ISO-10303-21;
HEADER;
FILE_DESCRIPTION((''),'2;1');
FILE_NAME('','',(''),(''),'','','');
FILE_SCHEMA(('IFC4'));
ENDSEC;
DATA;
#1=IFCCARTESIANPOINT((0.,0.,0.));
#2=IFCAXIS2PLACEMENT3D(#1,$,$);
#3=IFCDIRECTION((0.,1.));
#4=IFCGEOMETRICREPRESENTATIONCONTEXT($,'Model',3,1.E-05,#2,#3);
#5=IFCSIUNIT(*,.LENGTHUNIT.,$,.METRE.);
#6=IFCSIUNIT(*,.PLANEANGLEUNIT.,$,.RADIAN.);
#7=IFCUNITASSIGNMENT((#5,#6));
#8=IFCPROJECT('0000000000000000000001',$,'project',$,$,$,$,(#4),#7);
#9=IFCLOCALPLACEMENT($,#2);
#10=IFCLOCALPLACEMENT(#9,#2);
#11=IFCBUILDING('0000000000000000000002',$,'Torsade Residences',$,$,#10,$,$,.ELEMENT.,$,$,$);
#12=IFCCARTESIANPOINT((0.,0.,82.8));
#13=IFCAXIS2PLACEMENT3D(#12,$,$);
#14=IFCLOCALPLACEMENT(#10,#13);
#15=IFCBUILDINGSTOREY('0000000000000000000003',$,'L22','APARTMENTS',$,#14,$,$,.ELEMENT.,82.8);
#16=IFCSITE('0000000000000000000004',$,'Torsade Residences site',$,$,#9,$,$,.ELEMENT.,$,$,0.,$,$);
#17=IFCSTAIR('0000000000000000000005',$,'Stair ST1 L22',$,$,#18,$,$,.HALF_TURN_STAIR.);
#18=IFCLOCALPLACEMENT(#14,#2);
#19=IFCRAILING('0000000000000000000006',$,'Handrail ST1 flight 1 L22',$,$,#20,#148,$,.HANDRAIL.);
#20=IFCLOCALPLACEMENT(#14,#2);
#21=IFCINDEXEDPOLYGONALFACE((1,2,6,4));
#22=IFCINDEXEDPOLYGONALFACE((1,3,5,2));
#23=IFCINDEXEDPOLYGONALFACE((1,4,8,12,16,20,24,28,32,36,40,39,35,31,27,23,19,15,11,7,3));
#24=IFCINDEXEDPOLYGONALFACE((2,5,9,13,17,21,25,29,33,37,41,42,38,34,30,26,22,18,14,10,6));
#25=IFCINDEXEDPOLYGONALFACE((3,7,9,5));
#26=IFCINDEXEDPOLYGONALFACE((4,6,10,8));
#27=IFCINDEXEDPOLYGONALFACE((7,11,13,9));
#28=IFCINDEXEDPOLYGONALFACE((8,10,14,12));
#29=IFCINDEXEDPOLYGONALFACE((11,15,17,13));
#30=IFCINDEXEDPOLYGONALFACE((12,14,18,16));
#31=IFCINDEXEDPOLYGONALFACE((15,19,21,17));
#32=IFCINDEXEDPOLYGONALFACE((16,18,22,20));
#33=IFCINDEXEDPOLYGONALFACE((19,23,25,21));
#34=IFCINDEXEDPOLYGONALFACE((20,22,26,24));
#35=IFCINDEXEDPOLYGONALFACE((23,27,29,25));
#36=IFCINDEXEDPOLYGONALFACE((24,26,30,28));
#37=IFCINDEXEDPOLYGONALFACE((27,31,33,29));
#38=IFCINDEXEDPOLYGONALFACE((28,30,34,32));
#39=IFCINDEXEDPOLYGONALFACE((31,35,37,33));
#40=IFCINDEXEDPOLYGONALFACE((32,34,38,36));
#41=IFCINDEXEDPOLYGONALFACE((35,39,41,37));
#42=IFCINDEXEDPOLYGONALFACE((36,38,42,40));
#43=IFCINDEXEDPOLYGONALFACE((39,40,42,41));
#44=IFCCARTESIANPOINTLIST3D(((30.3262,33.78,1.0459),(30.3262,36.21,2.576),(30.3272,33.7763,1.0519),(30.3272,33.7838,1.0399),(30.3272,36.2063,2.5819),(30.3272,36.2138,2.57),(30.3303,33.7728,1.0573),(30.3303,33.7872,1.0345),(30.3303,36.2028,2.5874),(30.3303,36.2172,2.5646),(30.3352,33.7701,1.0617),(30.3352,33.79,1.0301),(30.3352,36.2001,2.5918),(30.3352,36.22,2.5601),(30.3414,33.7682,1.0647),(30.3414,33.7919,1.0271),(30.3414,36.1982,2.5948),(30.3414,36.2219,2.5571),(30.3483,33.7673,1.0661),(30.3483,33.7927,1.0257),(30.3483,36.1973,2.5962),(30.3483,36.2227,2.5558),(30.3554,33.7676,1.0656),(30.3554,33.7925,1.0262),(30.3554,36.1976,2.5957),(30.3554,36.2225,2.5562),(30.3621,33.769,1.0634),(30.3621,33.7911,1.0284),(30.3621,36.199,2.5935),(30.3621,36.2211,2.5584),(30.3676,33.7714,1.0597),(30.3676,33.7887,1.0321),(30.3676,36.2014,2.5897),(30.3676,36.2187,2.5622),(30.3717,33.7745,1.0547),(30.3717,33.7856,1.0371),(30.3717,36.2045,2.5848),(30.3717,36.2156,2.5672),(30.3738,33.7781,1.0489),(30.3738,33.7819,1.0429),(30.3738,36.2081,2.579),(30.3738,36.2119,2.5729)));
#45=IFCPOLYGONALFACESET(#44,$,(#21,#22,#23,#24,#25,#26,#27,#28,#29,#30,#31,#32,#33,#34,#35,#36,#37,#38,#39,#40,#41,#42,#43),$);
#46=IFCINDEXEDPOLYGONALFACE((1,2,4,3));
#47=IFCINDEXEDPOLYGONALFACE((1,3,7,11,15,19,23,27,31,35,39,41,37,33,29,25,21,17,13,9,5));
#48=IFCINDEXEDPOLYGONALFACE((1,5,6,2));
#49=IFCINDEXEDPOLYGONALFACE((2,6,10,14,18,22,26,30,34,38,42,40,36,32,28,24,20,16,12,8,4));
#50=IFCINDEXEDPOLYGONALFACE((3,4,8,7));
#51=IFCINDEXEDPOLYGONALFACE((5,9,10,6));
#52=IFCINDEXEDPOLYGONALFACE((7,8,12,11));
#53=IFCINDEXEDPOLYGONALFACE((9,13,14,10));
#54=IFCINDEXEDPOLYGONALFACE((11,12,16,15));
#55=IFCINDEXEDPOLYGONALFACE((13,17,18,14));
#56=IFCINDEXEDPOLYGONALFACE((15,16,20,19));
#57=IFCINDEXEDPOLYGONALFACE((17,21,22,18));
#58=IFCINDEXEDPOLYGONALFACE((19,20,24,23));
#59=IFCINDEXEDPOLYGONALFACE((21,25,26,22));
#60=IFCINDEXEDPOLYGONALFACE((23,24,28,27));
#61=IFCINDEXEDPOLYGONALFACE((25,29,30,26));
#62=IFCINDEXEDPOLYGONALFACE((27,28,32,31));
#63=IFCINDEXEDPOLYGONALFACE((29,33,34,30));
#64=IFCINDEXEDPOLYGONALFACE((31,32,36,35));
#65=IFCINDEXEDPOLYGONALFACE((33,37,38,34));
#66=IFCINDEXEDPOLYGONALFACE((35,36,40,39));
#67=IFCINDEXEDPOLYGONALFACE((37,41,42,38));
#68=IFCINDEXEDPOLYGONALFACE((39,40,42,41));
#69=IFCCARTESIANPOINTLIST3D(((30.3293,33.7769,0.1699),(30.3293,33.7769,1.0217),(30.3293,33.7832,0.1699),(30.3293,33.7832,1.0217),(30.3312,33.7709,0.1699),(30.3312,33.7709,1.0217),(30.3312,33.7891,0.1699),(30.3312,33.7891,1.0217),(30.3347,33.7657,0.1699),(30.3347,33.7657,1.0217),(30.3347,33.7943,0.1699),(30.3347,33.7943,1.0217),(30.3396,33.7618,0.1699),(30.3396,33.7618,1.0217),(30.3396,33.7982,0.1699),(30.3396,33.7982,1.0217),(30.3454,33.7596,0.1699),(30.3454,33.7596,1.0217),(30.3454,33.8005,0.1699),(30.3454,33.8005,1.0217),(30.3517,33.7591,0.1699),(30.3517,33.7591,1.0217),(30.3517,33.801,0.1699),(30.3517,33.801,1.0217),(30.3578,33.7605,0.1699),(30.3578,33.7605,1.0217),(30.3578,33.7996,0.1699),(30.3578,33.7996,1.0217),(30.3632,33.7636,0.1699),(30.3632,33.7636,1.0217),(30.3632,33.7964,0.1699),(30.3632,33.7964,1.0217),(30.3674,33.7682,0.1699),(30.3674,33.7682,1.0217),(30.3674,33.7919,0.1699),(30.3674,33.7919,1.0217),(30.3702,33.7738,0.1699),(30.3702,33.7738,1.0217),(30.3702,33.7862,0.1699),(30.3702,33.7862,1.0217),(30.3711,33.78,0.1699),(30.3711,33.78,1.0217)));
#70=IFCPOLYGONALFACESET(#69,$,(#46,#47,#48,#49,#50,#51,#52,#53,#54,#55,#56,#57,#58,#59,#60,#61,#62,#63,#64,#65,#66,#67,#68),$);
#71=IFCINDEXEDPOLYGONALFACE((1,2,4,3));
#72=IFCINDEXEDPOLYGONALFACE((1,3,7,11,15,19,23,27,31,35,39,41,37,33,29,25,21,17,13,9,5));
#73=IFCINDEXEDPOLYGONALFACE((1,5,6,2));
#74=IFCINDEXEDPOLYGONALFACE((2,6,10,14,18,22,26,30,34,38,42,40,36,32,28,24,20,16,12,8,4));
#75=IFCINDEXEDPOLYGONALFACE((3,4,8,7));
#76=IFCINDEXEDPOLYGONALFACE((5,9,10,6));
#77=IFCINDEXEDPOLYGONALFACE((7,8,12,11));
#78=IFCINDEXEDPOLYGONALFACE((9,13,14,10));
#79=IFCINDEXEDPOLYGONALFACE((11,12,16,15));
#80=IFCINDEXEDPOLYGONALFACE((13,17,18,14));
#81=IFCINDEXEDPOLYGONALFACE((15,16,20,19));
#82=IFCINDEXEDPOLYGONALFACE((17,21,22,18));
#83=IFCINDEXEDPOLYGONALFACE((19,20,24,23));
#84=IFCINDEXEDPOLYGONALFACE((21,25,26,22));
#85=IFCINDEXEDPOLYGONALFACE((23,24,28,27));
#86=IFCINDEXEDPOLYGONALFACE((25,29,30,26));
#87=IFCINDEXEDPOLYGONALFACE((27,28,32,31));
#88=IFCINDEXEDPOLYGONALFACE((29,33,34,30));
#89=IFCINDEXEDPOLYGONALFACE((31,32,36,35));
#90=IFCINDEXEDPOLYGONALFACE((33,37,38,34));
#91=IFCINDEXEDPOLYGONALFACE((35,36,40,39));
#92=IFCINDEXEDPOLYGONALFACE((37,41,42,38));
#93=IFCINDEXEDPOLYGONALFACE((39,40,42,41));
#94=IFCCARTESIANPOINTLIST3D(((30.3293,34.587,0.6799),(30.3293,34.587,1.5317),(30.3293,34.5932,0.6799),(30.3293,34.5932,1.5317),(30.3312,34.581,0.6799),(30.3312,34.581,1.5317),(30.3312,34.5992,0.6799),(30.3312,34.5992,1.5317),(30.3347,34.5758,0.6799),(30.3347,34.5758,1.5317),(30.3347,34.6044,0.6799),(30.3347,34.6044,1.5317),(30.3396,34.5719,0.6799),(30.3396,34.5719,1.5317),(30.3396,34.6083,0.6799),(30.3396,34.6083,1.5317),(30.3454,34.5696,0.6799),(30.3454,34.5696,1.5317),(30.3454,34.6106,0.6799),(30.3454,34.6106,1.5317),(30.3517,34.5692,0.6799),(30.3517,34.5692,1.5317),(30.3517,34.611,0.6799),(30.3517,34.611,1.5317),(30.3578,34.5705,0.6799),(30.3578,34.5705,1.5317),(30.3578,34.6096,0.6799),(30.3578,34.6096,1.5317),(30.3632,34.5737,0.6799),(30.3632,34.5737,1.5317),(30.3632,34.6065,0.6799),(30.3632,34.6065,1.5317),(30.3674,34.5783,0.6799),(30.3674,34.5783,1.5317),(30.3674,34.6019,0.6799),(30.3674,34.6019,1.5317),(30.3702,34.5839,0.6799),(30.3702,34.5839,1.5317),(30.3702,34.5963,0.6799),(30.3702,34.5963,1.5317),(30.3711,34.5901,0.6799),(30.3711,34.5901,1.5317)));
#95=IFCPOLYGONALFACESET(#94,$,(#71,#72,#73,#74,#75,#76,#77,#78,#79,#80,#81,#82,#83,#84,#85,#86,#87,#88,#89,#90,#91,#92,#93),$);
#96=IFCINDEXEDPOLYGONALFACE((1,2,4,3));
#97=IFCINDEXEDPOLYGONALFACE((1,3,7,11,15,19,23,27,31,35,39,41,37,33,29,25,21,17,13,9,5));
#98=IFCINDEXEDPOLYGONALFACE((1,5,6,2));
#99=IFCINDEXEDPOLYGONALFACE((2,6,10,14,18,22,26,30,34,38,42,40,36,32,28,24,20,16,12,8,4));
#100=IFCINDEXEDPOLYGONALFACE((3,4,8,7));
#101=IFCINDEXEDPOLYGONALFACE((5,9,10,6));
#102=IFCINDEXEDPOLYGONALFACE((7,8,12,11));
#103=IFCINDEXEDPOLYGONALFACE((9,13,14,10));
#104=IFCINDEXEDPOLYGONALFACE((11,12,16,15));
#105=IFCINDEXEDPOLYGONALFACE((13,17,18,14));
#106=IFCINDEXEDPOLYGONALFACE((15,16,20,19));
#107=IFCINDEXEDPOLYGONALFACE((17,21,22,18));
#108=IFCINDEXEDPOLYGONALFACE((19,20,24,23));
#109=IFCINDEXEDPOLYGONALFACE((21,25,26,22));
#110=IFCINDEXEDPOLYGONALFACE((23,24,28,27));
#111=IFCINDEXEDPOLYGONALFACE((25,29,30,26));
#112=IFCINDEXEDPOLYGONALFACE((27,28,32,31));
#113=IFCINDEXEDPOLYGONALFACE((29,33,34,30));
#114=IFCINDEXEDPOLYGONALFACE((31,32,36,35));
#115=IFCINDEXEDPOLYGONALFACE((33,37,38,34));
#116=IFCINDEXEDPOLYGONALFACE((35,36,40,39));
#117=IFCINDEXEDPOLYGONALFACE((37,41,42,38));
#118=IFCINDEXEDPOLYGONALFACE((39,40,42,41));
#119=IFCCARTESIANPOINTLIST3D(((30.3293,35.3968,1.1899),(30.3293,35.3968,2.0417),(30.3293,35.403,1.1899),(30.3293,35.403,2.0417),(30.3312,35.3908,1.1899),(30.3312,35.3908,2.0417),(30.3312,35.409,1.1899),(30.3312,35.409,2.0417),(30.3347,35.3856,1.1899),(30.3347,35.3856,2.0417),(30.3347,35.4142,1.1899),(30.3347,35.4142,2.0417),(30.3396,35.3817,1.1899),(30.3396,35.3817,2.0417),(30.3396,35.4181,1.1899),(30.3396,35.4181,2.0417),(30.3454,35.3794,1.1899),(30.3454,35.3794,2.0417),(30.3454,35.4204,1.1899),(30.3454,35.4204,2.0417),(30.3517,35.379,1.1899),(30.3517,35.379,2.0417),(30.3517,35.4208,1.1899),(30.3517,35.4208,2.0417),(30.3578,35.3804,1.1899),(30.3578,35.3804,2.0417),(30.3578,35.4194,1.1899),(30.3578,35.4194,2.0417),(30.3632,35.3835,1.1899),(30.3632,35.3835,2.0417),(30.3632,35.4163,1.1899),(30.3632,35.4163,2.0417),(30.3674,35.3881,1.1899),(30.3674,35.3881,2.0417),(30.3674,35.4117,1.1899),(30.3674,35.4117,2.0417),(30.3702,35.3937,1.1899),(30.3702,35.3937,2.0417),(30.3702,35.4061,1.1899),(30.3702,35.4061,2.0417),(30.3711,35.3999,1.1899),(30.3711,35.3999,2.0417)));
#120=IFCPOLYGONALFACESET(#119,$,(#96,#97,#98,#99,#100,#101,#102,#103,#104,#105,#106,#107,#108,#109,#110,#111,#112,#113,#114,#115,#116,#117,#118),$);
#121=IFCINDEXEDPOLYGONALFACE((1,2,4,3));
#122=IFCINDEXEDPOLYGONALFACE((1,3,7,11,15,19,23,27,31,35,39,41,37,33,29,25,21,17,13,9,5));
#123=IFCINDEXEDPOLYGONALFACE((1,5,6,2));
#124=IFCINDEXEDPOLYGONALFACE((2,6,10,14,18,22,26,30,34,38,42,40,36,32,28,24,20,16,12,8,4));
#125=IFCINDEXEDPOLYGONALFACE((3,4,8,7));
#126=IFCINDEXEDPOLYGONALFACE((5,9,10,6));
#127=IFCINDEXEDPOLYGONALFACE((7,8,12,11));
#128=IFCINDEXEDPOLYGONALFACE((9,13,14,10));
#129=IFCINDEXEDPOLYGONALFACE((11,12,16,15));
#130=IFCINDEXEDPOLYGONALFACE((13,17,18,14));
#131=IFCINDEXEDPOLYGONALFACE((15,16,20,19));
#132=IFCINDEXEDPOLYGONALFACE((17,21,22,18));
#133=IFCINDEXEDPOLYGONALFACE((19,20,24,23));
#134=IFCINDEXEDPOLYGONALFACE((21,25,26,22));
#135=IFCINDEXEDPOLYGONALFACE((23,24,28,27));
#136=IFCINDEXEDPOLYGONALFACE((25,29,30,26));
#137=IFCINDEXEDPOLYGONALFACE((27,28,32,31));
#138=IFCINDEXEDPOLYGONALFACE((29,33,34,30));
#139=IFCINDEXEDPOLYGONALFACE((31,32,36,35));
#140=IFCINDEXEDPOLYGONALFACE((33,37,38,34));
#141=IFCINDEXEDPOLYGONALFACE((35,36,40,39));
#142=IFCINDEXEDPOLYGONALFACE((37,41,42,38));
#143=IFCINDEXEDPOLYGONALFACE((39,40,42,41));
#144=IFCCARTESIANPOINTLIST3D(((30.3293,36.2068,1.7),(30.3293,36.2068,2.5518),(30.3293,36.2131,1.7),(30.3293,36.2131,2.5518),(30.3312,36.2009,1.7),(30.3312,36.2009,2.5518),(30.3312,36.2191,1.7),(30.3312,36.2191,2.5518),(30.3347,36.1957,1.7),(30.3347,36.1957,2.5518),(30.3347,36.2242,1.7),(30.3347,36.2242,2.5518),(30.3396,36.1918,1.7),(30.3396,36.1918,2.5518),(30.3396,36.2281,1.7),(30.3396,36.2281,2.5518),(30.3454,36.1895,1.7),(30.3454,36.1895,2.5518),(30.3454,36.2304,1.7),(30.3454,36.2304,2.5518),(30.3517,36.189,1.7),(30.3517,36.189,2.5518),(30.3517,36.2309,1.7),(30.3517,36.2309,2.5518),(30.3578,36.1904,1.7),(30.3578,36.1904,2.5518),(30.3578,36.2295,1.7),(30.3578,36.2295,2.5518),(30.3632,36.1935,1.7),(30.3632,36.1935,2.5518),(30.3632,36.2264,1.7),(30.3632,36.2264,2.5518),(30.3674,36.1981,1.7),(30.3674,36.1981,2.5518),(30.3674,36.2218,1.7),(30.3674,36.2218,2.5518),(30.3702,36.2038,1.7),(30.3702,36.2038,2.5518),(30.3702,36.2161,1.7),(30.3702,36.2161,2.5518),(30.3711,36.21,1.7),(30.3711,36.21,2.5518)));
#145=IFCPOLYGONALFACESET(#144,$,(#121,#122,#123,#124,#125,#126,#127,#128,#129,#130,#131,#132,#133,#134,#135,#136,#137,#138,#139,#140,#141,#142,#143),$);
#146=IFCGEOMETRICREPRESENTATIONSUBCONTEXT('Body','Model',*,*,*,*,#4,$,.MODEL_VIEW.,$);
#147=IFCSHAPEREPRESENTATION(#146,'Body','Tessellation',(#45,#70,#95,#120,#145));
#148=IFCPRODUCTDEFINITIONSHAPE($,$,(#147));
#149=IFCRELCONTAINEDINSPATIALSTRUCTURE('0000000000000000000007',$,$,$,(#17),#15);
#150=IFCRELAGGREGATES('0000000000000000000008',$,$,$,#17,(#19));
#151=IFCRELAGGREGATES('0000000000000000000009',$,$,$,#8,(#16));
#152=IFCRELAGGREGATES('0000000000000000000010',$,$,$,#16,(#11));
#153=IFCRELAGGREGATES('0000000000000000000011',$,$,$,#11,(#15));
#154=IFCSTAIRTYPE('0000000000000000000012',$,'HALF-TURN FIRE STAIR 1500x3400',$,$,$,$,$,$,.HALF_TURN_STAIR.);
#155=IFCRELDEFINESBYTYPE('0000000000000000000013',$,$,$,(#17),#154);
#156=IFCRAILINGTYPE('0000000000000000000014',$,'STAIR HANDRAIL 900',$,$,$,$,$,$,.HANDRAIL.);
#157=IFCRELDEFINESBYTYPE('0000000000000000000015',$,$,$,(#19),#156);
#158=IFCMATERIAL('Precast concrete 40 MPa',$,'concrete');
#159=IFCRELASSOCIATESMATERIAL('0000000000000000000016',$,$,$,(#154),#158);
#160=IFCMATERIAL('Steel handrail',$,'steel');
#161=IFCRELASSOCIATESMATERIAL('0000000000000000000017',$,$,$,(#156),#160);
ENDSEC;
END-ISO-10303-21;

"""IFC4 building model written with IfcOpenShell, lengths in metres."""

from ifc_helpers import new_model, si_unit, direction, frame, origin, origin_2d, place, context, subcontext, project, spatial, circle, extrude, material, type_object, element, aggregate, save


model = new_model("IFC4")

# Units and contexts
model_context = context("Model", 3, precision=1e-05, world=origin(), true_north=direction((0.0, 1.0)))
body_context = subcontext(model_context, "Body", "Model", "MODEL_VIEW")
ifc_project = project(units=[si_unit("LENGTHUNIT", "METRE"), si_unit("PLANEANGLEUNIT", "RADIAN")], contexts=[model_context])

# Site, building, storey
site_placement = place(None, origin())
site = spatial("IfcSite", under=ifc_project, at=site_placement, Name="Torsade Residences site", CompositionType="ELEMENT", RefElevation=0.0)
building_placement = place(site_placement, origin())
building = spatial("IfcBuilding", under=site, at=building_placement, Name="Torsade Residences", CompositionType="ELEMENT")
storey_placement = place(building_placement, frame((0.0, 0.0, 82.8)))
storey = spatial("IfcBuildingStorey", under=building, at=storey_placement, Name="L22", Description="APARTMENTS", CompositionType="ELEMENT", Elevation=82.8)

# Stair, railing
ifc_material_1 = material(Name="Precast concrete 40 MPa", Category="concrete")
stair_type = type_object("IfcStairType", Name="HALF-TURN FIRE STAIR 1500x3400", PredefinedType="HALF_TURN_STAIR", material=ifc_material_1)
stair_placement = place(storey_placement, origin())
stair = element("IfcStair", 1, at=stair_placement, inside=storey, type_object=stair_type, Name="Stair ST1 L22", PredefinedType="HALF_TURN_STAIR")
ifc_material_2 = material(Name="Steel handrail", Category="steel")
railing_type = type_object("IfcRailingType", Name="STAIR HANDRAIL 900", PredefinedType="HANDRAIL", material=ifc_material_2)
railing_1_placement = place(storey_placement, frame((30.3501, 33.78, 0.1699)))
railing_1 = element("IfcRailing", 2, at=railing_1_placement, type_object=railing_type, Name="Handrail ST1 flight 1 L22", PredefinedType="HANDRAIL", context=body_context, shape_type="SweptSolid", body=[
    extrude(circle(Radius=0.0239, at=origin_2d()), frame((0.0, 0.0, 0.876), z_axis=(0.0, 0.846221, 0.532831), x_axis=(-1.0, 0.0, 0.0)), (0.0, 0.0, 1.0), 2.8716),
    extrude(circle(Radius=0.021, at=origin_2d()), origin(), (0.0, 0.0, 1.0), 0.8518),
    extrude(circle(Radius=0.021, at=origin_2d()), frame((0.0, 0.8101, 0.51)), (0.0, 0.0, 1.0), 0.8518),
    extrude(circle(Radius=0.021, at=origin_2d()), frame((0.0, 1.6199, 1.02)), (0.0, 0.0, 1.0), 0.8518),
    extrude(circle(Radius=0.021, at=origin_2d()), frame((0.0, 2.4299, 1.53)), (0.0, 0.0, 1.0), 0.8518),
])
aggregate(stair, [railing_1])

save(model, "model.ifc")
